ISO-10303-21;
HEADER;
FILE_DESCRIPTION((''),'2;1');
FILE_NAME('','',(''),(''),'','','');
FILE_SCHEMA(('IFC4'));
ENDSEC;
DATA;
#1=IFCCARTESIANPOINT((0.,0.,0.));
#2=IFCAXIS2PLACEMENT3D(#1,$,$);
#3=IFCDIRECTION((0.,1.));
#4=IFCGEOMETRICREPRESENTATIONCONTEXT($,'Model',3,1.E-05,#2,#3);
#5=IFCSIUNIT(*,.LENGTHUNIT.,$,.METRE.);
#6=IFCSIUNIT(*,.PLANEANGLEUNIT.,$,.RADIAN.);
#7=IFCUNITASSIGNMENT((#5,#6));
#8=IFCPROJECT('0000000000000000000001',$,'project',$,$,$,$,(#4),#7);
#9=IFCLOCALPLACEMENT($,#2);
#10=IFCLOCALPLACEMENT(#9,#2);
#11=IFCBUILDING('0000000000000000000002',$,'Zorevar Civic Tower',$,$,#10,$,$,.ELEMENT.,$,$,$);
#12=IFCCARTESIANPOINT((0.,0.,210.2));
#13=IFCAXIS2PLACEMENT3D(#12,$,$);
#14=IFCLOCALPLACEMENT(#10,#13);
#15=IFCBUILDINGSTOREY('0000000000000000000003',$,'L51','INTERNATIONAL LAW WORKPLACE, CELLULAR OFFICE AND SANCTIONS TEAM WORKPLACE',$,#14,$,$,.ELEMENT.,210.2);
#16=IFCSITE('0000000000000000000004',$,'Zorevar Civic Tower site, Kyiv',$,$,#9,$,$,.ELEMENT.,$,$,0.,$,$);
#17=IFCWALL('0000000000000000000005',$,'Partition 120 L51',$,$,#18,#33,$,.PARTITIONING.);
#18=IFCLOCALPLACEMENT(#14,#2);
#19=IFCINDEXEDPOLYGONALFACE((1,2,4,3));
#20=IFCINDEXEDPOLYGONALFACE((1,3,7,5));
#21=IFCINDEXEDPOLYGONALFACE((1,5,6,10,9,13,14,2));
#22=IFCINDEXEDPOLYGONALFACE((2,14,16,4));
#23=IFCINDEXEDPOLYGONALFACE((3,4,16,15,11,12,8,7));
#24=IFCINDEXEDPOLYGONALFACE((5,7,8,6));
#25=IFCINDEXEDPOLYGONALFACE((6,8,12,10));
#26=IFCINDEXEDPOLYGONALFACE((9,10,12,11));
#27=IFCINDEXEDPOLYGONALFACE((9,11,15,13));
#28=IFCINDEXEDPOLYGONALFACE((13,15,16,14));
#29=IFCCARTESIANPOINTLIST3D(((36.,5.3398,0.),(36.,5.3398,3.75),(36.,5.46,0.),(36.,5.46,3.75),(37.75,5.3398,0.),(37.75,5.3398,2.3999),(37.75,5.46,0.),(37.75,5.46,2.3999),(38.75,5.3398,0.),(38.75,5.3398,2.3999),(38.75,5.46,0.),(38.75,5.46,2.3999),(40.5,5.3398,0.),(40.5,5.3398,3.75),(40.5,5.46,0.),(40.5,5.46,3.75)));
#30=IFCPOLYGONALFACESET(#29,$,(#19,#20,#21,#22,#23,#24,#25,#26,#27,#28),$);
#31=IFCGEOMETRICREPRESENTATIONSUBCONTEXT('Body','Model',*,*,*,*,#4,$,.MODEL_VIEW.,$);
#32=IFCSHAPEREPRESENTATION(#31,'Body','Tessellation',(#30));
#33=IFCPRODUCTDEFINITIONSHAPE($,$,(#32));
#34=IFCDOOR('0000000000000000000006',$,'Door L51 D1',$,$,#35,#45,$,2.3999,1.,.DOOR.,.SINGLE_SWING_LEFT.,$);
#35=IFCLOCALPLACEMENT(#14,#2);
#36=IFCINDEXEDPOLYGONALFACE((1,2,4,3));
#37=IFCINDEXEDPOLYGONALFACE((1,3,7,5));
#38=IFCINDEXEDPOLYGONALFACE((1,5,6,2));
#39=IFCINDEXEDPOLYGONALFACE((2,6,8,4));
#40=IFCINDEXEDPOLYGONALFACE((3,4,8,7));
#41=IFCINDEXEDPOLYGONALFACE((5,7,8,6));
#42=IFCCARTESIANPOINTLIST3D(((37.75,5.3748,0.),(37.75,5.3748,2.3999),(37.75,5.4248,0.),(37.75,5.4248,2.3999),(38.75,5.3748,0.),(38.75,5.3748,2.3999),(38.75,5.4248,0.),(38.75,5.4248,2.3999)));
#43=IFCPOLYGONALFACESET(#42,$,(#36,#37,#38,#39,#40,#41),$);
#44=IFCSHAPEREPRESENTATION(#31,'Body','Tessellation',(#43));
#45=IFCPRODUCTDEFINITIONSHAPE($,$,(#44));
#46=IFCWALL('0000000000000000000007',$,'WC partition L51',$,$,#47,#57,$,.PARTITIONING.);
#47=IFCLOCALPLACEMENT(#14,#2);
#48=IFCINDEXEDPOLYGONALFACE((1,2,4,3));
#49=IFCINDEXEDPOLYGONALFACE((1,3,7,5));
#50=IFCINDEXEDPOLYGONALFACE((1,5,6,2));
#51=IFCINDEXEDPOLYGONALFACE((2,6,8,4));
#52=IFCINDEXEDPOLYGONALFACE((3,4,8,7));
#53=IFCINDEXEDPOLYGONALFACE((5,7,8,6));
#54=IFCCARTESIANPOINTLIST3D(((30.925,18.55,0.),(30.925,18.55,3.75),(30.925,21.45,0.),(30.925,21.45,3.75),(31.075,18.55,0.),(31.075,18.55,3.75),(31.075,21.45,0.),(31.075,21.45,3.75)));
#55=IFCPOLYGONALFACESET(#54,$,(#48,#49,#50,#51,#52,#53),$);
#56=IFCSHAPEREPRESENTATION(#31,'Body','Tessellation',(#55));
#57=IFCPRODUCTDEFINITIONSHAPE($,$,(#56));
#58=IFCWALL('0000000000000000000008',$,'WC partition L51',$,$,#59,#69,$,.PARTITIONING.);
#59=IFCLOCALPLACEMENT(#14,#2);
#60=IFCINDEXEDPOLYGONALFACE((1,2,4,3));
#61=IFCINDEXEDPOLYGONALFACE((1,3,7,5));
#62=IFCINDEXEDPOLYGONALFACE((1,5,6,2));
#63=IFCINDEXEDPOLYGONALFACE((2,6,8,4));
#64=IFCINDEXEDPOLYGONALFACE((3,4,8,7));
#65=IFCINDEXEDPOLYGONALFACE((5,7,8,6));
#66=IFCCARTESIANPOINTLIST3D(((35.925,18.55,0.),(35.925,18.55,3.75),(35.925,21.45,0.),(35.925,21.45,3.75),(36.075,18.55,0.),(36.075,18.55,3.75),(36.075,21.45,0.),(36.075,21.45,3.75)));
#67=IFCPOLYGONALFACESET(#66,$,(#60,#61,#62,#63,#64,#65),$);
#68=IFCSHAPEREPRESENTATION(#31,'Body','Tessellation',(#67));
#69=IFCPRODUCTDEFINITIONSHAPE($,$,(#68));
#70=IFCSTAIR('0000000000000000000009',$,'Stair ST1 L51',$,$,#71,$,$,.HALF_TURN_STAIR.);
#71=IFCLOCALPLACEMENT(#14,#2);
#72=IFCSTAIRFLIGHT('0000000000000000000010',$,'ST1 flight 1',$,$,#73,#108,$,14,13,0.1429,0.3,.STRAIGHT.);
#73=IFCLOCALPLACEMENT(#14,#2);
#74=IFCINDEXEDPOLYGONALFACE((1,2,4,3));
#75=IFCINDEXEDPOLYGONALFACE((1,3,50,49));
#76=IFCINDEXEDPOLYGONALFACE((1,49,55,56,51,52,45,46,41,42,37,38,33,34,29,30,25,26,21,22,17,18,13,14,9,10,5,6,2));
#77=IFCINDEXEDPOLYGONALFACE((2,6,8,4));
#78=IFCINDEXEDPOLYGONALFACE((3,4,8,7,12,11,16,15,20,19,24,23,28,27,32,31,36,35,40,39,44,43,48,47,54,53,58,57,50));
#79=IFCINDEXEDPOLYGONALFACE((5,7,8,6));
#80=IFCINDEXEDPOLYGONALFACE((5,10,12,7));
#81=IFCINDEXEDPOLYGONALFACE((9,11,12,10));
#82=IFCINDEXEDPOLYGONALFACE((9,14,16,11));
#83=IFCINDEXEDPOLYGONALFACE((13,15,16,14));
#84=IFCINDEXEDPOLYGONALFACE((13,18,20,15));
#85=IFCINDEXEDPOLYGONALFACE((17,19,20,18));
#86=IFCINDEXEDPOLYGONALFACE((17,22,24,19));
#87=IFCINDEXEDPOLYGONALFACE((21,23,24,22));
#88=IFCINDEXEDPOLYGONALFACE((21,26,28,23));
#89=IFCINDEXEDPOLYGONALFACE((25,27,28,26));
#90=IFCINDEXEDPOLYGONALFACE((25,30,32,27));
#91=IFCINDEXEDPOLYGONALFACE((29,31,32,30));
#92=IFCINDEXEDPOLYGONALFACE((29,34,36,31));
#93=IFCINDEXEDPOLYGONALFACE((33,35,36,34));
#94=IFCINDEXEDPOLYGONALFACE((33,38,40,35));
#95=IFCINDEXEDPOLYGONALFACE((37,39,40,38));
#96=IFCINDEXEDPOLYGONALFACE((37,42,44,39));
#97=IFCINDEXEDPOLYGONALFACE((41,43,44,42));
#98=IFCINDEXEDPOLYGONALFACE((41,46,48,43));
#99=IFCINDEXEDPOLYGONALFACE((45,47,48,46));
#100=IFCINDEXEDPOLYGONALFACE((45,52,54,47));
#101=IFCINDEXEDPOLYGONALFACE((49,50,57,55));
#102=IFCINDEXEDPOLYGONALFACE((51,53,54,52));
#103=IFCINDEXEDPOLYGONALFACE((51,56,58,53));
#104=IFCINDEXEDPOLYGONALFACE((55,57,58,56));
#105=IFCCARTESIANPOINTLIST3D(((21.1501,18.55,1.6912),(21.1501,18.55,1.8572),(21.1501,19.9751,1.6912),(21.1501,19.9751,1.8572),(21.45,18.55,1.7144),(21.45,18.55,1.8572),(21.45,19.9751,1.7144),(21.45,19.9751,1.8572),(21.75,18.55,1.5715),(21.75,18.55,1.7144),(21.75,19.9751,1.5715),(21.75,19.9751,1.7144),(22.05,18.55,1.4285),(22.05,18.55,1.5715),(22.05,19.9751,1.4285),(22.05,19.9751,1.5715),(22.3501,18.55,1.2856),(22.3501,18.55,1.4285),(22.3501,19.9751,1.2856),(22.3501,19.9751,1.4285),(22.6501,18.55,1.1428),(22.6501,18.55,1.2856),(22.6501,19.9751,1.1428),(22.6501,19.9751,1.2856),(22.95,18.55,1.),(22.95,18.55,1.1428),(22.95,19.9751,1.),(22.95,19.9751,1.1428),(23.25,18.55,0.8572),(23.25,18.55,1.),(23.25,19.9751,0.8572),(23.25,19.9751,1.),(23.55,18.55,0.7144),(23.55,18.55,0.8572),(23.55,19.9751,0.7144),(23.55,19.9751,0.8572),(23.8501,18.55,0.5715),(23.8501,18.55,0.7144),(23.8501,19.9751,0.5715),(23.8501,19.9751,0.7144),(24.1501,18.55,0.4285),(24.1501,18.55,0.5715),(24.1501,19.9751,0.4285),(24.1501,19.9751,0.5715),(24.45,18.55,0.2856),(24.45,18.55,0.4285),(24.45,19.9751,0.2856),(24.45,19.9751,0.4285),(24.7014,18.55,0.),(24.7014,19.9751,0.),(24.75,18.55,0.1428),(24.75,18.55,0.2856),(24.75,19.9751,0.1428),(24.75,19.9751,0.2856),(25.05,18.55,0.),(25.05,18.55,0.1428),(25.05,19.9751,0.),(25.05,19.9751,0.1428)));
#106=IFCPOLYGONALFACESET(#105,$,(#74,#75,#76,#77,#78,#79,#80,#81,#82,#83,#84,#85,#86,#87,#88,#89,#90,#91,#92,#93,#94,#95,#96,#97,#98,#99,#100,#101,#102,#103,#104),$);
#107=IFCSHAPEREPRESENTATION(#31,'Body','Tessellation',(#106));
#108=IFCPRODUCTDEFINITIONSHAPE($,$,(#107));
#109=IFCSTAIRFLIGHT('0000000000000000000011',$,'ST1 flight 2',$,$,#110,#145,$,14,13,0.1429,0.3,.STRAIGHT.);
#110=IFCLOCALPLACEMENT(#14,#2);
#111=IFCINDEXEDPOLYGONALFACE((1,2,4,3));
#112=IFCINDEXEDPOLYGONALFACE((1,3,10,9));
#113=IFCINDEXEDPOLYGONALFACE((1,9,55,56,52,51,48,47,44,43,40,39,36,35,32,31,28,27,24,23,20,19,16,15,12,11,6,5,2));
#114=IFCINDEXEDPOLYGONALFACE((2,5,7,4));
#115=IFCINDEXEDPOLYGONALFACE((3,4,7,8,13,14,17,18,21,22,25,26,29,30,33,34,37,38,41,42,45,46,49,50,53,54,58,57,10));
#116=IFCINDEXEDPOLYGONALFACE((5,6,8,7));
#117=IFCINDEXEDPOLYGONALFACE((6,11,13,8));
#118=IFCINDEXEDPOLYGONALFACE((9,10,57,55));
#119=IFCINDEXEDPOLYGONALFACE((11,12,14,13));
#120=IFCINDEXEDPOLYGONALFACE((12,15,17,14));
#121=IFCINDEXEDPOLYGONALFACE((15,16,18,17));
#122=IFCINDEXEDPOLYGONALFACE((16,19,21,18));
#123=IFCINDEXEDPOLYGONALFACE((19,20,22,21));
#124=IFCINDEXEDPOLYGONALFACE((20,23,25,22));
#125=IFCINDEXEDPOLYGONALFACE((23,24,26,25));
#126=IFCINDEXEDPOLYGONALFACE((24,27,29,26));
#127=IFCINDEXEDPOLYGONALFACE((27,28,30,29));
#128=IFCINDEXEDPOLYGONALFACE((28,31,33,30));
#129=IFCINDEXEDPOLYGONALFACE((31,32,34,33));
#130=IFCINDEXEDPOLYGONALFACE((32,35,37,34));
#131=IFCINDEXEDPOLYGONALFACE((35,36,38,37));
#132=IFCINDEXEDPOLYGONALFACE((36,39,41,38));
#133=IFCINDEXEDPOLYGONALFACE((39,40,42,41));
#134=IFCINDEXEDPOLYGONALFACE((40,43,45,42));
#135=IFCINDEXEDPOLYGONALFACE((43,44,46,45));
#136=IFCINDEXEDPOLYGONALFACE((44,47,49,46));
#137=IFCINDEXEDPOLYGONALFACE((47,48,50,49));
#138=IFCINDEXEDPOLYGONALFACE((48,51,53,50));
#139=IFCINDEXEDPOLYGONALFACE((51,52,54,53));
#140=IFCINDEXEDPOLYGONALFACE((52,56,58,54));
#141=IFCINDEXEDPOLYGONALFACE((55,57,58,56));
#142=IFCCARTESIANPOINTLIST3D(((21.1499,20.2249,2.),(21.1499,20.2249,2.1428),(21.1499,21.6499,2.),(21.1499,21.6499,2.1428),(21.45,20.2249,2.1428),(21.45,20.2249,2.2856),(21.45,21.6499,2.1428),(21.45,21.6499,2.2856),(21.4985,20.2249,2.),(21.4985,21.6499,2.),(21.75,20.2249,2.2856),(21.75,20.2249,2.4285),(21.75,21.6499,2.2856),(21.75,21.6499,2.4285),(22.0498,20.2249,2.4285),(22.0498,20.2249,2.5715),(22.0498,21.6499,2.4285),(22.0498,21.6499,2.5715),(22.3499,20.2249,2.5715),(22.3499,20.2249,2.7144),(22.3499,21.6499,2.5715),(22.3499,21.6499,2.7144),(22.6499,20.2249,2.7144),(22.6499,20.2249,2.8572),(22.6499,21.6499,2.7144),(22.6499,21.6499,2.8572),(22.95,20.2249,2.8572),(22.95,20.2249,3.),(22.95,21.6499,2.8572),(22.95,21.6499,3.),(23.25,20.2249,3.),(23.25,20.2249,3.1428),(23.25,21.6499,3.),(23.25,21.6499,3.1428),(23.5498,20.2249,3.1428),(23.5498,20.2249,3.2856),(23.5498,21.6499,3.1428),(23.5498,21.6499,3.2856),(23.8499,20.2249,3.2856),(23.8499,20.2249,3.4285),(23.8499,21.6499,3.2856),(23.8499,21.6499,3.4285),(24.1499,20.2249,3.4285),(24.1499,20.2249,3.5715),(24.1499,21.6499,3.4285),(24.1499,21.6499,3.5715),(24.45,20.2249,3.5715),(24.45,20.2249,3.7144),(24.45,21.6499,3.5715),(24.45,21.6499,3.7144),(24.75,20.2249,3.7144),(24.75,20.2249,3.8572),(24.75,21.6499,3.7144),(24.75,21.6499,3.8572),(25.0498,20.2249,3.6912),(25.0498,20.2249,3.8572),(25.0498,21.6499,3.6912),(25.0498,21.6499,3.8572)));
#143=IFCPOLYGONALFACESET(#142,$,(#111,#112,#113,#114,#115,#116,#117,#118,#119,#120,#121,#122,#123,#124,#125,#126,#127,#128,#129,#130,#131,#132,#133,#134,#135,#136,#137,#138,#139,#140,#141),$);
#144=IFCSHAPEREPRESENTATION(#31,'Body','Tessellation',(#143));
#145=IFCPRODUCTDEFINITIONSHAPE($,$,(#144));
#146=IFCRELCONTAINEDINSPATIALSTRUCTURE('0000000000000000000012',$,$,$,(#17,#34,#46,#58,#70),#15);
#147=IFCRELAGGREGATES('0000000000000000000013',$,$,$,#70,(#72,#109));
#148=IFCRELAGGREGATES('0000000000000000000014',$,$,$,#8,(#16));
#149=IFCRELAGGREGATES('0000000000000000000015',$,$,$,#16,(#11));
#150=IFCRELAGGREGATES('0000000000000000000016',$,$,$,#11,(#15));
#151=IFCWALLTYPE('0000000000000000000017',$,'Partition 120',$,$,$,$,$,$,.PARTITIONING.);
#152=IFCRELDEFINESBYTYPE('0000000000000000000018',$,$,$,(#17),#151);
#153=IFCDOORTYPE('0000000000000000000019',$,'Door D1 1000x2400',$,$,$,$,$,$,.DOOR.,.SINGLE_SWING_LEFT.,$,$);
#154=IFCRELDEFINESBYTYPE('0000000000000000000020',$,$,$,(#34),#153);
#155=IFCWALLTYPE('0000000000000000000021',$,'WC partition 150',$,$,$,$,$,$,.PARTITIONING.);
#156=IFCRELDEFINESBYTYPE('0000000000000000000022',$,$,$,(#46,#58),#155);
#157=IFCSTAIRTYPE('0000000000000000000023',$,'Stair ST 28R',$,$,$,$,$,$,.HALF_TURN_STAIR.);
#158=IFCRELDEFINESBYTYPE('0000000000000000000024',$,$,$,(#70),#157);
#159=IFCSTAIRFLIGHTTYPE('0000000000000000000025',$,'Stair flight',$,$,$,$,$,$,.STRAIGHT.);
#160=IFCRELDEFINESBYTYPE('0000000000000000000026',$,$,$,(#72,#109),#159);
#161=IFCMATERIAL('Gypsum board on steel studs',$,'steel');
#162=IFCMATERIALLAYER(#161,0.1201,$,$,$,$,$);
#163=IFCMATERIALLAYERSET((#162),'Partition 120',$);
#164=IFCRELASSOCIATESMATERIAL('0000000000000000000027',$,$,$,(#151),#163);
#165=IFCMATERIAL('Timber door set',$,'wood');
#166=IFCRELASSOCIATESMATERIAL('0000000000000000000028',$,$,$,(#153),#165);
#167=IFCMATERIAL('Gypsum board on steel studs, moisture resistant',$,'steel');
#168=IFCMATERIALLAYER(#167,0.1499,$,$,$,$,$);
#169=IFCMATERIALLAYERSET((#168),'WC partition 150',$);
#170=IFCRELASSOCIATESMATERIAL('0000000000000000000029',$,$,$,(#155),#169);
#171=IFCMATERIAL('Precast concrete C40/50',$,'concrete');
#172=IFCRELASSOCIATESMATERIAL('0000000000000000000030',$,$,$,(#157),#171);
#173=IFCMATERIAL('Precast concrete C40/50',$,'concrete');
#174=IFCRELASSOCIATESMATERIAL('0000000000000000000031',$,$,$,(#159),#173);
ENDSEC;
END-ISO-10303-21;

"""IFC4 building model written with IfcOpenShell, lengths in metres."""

from ifc_helpers import new_model, si_unit, direction, frame, frame_2d, origin, place, context, subcontext, project, spatial, polyline, rectangle, outline, extrude, material, layer, layer_set, type_object, element, fill, aggregate, save


model = new_model("IFC4")

# Units and contexts
model_context = context("Model", 3, precision=1e-05, world=origin(), true_north=direction((0.0, 1.0)))
body_context = subcontext(model_context, "Body", "Model", "MODEL_VIEW")
ifc_project = project(units=[si_unit("LENGTHUNIT", "METRE"), si_unit("PLANEANGLEUNIT", "RADIAN")], contexts=[model_context])

# Site, building, storey
site_placement = place(None, origin())
site = spatial("IfcSite", under=ifc_project, at=site_placement, Name="Zorevar Civic Tower site, Kyiv", CompositionType="ELEMENT", RefElevation=0.0)
building_placement = place(site_placement, origin())
building = spatial("IfcBuilding", under=site, at=building_placement, Name="Zorevar Civic Tower", CompositionType="ELEMENT")
storey_placement = place(building_placement, frame((0.0, 0.0, 210.2)))
storey = spatial("IfcBuildingStorey", under=building, at=storey_placement, Name="L51", Description="INTERNATIONAL LAW WORKPLACE, CELLULAR OFFICE AND SANCTIONS TEAM WORKPLACE", CompositionType="ELEMENT", Elevation=210.2)

# Wall, opening, door
ifc_material_1 = material(Name="Gypsum board on steel studs", Category="steel")
ifc_layer_1 = layer(ifc_material_1, 0.1201)
ifc_layer_set_1 = layer_set([ifc_layer_1], Name="Partition 120")
wall_type_1 = type_object("IfcWallType", Name="Partition 120", PredefinedType="PARTITIONING", material=ifc_layer_set_1)
ifc_material_2 = material(Name="Timber door set", Category="wood")
door_type_1 = type_object("IfcDoorType", Name="Door D1 1000x2400", OperationType="SINGLE_SWING_LEFT", PredefinedType="DOOR", material=ifc_material_2)
wall_1_placement = place(storey_placement, frame((36.0, 5.3999, 0.0), z_axis=(0.0, 0.0, 1.0), x_axis=(1.0, 0.0, 0.0)))
wall_1 = element("IfcWall", 1, at=wall_1_placement, inside=storey, type_object=wall_type_1, Name="Partition 120 L51", PredefinedType="PARTITIONING", context=body_context, shape_type="SweptSolid", body=[
    extrude(rectangle(XDim=4.5, YDim=0.1201, at=frame_2d((2.25, 0.0))), origin(), (0.0, 0.0, 1.0), 3.75),
])
opening_1_placement = place(wall_1_placement, frame((1.75, 0.0, 0.0)))
opening_1 = element("IfcOpeningElement", 2, at=opening_1_placement, cuts=wall_1, PredefinedType="OPENING", context=body_context, shape_type="SweptSolid", body=[
    extrude(rectangle(XDim=1.0, YDim=2.3999, at=frame_2d((0.5, 1.2))), frame((0.0, 0.0701, 0.0), z_axis=(0.0, -1.0, 0.0), x_axis=(1.0, 0.0, 0.0)), (0.0, 0.0, 1.0), 0.1401),
])
door_1_placement = place(opening_1_placement, origin())
door_1 = element("IfcDoor", 3, at=door_1_placement, inside=storey, type_object=door_type_1, Name="Door L51 D1", OperationType="SINGLE_SWING_LEFT", OverallHeight=2.3999, OverallWidth=1.0, PredefinedType="DOOR", context=body_context, shape_type="SweptSolid", body=[
    extrude(rectangle(XDim=1.0, YDim=2.3999, at=frame_2d((0.5, 1.2))), frame((0.0, 0.0249, 0.0), z_axis=(0.0, -1.0, 0.0), x_axis=(1.0, 0.0, 0.0)), (0.0, 0.0, 1.0), 0.05),
])
fill(opening_1, door_1)

# Walls
ifc_material_3 = material(Name="Gypsum board on steel studs, moisture resistant", Category="steel")
ifc_layer_2 = layer(ifc_material_3, 0.1499)
ifc_layer_set_2 = layer_set([ifc_layer_2], Name="WC partition 150")
wall_type_2 = type_object("IfcWallType", Name="WC partition 150", PredefinedType="PARTITIONING", material=ifc_layer_set_2)
for number, where, z_axis, x_axis, name in (
    (4, (31.0, 18.55, 0.0), (0.0, 0.0, 1.0), (0.0, 1.0, 0.0), "WC partition L51"),
    (5, (36.0, 18.55, 0.0), (0.0, 0.0, 1.0), (0.0, 1.0, 0.0), "WC partition L51"),
):
    element("IfcWall", number, at=place(storey_placement, frame(where, z_axis=z_axis, x_axis=x_axis)), inside=storey, type_object=wall_type_2, Name=name, PredefinedType="PARTITIONING", context=body_context, shape_type="SweptSolid", body=[
        extrude(rectangle(XDim=2.8999, YDim=0.1499, at=frame_2d((1.45, 0.0))), origin(), (0.0, 0.0, 1.0), 3.75),
    ])

# Stair, stair flights
ifc_material_4 = material(Name="Precast concrete C40/50", Category="concrete")
stair_type = type_object("IfcStairType", Name="Stair ST 28R", PredefinedType="HALF_TURN_STAIR", material=ifc_material_4)
stair_placement = place(storey_placement, origin())
stair = element("IfcStair", 6, at=stair_placement, inside=storey, type_object=stair_type, Name="Stair ST1 L51", PredefinedType="HALF_TURN_STAIR")
ifc_material_5 = material(Name="Precast concrete C40/50", Category="concrete")
stair_flight_type = type_object("IfcStairFlightType", Name="Stair flight", PredefinedType="STRAIGHT", material=ifc_material_5)
stair_flight_1_placement = place(storey_placement, frame((25.05, 19.2625, 0.0), z_axis=(0.0, 0.0, 1.0), x_axis=(-1.0, 0.0, 0.0)))
stair_flight_1 = element("IfcStairFlight", 7, at=stair_flight_1_placement, type_object=stair_flight_type, Name="ST1 flight 1", NumberOfRisers=14, NumberOfTreads=13, PredefinedType="STRAIGHT", RiserHeight=0.1429, TreadLength=0.3, context=body_context, shape_type="SweptSolid", body=[
    extrude(outline(polyline([(0.0, 0.0), (0.0, 0.1428), (0.3, 0.1428), (0.3, 0.2856), (0.6001, 0.2856), (0.6001, 0.4285), (0.8999, 0.4285), (0.8999, 0.5715), (1.2, 0.5715), (1.2, 0.7144), (1.5, 0.7144), (1.5, 0.8572), (1.8, 0.8572), (1.8, 1.0), (2.1001, 1.0), (2.1001, 1.1428), (2.3999, 1.1428), (2.3999, 1.2856), (2.7, 1.2856), (2.7, 1.4285), (3.0, 1.4285), (3.0, 1.5715), (3.3, 1.5715), (3.3, 1.7144), (3.6001, 1.7144), (3.6001, 1.8572), (3.8999, 1.8572), (3.8999, 2.0), (3.8999, 1.6912), (0.3486, 0.0), (0.0, 0.0)])), frame((0.0, 0.7124, 0.0), z_axis=(0.0, -1.0, 0.0), x_axis=(1.0, 0.0, 0.0)), (0.0, 0.0, 1.0), 1.425),
])
stair_flight_2_placement = place(storey_placement, frame((21.1499, 20.9375, 2.0), z_axis=(0.0, 0.0, 1.0), x_axis=(1.0, 0.0, 0.0)))
stair_flight_2 = element("IfcStairFlight", 8, at=stair_flight_2_placement, type_object=stair_flight_type, Name="ST1 flight 2", NumberOfRisers=14, NumberOfTreads=13, PredefinedType="STRAIGHT", RiserHeight=0.1429, TreadLength=0.3, context=body_context, shape_type="SweptSolid", body=[
    extrude(outline(polyline([(0.0, 0.0), (0.0, 0.1428), (0.3, 0.1428), (0.3, 0.2856), (0.6001, 0.2856), (0.6001, 0.4285), (0.8999, 0.4285), (0.8999, 0.5715), (1.2, 0.5715), (1.2, 0.7144), (1.5, 0.7144), (1.5, 0.8572), (1.8, 0.8572), (1.8, 1.0), (2.1001, 1.0), (2.1001, 1.1428), (2.3999, 1.1428), (2.3999, 1.2856), (2.7, 1.2856), (2.7, 1.4285), (3.0, 1.4285), (3.0, 1.5715), (3.3, 1.5715), (3.3, 1.7144), (3.6001, 1.7144), (3.6001, 1.8572), (3.8999, 1.8572), (3.8999, 2.0), (3.8999, 1.6912), (0.3486, 0.0), (0.0, 0.0)])), frame((0.0, 0.7124, 0.0), z_axis=(0.0, -1.0, 0.0), x_axis=(1.0, 0.0, 0.0)), (0.0, 0.0, 1.0), 1.425),
])
aggregate(stair, [stair_flight_1, stair_flight_2])

save(model, "model.ifc")
